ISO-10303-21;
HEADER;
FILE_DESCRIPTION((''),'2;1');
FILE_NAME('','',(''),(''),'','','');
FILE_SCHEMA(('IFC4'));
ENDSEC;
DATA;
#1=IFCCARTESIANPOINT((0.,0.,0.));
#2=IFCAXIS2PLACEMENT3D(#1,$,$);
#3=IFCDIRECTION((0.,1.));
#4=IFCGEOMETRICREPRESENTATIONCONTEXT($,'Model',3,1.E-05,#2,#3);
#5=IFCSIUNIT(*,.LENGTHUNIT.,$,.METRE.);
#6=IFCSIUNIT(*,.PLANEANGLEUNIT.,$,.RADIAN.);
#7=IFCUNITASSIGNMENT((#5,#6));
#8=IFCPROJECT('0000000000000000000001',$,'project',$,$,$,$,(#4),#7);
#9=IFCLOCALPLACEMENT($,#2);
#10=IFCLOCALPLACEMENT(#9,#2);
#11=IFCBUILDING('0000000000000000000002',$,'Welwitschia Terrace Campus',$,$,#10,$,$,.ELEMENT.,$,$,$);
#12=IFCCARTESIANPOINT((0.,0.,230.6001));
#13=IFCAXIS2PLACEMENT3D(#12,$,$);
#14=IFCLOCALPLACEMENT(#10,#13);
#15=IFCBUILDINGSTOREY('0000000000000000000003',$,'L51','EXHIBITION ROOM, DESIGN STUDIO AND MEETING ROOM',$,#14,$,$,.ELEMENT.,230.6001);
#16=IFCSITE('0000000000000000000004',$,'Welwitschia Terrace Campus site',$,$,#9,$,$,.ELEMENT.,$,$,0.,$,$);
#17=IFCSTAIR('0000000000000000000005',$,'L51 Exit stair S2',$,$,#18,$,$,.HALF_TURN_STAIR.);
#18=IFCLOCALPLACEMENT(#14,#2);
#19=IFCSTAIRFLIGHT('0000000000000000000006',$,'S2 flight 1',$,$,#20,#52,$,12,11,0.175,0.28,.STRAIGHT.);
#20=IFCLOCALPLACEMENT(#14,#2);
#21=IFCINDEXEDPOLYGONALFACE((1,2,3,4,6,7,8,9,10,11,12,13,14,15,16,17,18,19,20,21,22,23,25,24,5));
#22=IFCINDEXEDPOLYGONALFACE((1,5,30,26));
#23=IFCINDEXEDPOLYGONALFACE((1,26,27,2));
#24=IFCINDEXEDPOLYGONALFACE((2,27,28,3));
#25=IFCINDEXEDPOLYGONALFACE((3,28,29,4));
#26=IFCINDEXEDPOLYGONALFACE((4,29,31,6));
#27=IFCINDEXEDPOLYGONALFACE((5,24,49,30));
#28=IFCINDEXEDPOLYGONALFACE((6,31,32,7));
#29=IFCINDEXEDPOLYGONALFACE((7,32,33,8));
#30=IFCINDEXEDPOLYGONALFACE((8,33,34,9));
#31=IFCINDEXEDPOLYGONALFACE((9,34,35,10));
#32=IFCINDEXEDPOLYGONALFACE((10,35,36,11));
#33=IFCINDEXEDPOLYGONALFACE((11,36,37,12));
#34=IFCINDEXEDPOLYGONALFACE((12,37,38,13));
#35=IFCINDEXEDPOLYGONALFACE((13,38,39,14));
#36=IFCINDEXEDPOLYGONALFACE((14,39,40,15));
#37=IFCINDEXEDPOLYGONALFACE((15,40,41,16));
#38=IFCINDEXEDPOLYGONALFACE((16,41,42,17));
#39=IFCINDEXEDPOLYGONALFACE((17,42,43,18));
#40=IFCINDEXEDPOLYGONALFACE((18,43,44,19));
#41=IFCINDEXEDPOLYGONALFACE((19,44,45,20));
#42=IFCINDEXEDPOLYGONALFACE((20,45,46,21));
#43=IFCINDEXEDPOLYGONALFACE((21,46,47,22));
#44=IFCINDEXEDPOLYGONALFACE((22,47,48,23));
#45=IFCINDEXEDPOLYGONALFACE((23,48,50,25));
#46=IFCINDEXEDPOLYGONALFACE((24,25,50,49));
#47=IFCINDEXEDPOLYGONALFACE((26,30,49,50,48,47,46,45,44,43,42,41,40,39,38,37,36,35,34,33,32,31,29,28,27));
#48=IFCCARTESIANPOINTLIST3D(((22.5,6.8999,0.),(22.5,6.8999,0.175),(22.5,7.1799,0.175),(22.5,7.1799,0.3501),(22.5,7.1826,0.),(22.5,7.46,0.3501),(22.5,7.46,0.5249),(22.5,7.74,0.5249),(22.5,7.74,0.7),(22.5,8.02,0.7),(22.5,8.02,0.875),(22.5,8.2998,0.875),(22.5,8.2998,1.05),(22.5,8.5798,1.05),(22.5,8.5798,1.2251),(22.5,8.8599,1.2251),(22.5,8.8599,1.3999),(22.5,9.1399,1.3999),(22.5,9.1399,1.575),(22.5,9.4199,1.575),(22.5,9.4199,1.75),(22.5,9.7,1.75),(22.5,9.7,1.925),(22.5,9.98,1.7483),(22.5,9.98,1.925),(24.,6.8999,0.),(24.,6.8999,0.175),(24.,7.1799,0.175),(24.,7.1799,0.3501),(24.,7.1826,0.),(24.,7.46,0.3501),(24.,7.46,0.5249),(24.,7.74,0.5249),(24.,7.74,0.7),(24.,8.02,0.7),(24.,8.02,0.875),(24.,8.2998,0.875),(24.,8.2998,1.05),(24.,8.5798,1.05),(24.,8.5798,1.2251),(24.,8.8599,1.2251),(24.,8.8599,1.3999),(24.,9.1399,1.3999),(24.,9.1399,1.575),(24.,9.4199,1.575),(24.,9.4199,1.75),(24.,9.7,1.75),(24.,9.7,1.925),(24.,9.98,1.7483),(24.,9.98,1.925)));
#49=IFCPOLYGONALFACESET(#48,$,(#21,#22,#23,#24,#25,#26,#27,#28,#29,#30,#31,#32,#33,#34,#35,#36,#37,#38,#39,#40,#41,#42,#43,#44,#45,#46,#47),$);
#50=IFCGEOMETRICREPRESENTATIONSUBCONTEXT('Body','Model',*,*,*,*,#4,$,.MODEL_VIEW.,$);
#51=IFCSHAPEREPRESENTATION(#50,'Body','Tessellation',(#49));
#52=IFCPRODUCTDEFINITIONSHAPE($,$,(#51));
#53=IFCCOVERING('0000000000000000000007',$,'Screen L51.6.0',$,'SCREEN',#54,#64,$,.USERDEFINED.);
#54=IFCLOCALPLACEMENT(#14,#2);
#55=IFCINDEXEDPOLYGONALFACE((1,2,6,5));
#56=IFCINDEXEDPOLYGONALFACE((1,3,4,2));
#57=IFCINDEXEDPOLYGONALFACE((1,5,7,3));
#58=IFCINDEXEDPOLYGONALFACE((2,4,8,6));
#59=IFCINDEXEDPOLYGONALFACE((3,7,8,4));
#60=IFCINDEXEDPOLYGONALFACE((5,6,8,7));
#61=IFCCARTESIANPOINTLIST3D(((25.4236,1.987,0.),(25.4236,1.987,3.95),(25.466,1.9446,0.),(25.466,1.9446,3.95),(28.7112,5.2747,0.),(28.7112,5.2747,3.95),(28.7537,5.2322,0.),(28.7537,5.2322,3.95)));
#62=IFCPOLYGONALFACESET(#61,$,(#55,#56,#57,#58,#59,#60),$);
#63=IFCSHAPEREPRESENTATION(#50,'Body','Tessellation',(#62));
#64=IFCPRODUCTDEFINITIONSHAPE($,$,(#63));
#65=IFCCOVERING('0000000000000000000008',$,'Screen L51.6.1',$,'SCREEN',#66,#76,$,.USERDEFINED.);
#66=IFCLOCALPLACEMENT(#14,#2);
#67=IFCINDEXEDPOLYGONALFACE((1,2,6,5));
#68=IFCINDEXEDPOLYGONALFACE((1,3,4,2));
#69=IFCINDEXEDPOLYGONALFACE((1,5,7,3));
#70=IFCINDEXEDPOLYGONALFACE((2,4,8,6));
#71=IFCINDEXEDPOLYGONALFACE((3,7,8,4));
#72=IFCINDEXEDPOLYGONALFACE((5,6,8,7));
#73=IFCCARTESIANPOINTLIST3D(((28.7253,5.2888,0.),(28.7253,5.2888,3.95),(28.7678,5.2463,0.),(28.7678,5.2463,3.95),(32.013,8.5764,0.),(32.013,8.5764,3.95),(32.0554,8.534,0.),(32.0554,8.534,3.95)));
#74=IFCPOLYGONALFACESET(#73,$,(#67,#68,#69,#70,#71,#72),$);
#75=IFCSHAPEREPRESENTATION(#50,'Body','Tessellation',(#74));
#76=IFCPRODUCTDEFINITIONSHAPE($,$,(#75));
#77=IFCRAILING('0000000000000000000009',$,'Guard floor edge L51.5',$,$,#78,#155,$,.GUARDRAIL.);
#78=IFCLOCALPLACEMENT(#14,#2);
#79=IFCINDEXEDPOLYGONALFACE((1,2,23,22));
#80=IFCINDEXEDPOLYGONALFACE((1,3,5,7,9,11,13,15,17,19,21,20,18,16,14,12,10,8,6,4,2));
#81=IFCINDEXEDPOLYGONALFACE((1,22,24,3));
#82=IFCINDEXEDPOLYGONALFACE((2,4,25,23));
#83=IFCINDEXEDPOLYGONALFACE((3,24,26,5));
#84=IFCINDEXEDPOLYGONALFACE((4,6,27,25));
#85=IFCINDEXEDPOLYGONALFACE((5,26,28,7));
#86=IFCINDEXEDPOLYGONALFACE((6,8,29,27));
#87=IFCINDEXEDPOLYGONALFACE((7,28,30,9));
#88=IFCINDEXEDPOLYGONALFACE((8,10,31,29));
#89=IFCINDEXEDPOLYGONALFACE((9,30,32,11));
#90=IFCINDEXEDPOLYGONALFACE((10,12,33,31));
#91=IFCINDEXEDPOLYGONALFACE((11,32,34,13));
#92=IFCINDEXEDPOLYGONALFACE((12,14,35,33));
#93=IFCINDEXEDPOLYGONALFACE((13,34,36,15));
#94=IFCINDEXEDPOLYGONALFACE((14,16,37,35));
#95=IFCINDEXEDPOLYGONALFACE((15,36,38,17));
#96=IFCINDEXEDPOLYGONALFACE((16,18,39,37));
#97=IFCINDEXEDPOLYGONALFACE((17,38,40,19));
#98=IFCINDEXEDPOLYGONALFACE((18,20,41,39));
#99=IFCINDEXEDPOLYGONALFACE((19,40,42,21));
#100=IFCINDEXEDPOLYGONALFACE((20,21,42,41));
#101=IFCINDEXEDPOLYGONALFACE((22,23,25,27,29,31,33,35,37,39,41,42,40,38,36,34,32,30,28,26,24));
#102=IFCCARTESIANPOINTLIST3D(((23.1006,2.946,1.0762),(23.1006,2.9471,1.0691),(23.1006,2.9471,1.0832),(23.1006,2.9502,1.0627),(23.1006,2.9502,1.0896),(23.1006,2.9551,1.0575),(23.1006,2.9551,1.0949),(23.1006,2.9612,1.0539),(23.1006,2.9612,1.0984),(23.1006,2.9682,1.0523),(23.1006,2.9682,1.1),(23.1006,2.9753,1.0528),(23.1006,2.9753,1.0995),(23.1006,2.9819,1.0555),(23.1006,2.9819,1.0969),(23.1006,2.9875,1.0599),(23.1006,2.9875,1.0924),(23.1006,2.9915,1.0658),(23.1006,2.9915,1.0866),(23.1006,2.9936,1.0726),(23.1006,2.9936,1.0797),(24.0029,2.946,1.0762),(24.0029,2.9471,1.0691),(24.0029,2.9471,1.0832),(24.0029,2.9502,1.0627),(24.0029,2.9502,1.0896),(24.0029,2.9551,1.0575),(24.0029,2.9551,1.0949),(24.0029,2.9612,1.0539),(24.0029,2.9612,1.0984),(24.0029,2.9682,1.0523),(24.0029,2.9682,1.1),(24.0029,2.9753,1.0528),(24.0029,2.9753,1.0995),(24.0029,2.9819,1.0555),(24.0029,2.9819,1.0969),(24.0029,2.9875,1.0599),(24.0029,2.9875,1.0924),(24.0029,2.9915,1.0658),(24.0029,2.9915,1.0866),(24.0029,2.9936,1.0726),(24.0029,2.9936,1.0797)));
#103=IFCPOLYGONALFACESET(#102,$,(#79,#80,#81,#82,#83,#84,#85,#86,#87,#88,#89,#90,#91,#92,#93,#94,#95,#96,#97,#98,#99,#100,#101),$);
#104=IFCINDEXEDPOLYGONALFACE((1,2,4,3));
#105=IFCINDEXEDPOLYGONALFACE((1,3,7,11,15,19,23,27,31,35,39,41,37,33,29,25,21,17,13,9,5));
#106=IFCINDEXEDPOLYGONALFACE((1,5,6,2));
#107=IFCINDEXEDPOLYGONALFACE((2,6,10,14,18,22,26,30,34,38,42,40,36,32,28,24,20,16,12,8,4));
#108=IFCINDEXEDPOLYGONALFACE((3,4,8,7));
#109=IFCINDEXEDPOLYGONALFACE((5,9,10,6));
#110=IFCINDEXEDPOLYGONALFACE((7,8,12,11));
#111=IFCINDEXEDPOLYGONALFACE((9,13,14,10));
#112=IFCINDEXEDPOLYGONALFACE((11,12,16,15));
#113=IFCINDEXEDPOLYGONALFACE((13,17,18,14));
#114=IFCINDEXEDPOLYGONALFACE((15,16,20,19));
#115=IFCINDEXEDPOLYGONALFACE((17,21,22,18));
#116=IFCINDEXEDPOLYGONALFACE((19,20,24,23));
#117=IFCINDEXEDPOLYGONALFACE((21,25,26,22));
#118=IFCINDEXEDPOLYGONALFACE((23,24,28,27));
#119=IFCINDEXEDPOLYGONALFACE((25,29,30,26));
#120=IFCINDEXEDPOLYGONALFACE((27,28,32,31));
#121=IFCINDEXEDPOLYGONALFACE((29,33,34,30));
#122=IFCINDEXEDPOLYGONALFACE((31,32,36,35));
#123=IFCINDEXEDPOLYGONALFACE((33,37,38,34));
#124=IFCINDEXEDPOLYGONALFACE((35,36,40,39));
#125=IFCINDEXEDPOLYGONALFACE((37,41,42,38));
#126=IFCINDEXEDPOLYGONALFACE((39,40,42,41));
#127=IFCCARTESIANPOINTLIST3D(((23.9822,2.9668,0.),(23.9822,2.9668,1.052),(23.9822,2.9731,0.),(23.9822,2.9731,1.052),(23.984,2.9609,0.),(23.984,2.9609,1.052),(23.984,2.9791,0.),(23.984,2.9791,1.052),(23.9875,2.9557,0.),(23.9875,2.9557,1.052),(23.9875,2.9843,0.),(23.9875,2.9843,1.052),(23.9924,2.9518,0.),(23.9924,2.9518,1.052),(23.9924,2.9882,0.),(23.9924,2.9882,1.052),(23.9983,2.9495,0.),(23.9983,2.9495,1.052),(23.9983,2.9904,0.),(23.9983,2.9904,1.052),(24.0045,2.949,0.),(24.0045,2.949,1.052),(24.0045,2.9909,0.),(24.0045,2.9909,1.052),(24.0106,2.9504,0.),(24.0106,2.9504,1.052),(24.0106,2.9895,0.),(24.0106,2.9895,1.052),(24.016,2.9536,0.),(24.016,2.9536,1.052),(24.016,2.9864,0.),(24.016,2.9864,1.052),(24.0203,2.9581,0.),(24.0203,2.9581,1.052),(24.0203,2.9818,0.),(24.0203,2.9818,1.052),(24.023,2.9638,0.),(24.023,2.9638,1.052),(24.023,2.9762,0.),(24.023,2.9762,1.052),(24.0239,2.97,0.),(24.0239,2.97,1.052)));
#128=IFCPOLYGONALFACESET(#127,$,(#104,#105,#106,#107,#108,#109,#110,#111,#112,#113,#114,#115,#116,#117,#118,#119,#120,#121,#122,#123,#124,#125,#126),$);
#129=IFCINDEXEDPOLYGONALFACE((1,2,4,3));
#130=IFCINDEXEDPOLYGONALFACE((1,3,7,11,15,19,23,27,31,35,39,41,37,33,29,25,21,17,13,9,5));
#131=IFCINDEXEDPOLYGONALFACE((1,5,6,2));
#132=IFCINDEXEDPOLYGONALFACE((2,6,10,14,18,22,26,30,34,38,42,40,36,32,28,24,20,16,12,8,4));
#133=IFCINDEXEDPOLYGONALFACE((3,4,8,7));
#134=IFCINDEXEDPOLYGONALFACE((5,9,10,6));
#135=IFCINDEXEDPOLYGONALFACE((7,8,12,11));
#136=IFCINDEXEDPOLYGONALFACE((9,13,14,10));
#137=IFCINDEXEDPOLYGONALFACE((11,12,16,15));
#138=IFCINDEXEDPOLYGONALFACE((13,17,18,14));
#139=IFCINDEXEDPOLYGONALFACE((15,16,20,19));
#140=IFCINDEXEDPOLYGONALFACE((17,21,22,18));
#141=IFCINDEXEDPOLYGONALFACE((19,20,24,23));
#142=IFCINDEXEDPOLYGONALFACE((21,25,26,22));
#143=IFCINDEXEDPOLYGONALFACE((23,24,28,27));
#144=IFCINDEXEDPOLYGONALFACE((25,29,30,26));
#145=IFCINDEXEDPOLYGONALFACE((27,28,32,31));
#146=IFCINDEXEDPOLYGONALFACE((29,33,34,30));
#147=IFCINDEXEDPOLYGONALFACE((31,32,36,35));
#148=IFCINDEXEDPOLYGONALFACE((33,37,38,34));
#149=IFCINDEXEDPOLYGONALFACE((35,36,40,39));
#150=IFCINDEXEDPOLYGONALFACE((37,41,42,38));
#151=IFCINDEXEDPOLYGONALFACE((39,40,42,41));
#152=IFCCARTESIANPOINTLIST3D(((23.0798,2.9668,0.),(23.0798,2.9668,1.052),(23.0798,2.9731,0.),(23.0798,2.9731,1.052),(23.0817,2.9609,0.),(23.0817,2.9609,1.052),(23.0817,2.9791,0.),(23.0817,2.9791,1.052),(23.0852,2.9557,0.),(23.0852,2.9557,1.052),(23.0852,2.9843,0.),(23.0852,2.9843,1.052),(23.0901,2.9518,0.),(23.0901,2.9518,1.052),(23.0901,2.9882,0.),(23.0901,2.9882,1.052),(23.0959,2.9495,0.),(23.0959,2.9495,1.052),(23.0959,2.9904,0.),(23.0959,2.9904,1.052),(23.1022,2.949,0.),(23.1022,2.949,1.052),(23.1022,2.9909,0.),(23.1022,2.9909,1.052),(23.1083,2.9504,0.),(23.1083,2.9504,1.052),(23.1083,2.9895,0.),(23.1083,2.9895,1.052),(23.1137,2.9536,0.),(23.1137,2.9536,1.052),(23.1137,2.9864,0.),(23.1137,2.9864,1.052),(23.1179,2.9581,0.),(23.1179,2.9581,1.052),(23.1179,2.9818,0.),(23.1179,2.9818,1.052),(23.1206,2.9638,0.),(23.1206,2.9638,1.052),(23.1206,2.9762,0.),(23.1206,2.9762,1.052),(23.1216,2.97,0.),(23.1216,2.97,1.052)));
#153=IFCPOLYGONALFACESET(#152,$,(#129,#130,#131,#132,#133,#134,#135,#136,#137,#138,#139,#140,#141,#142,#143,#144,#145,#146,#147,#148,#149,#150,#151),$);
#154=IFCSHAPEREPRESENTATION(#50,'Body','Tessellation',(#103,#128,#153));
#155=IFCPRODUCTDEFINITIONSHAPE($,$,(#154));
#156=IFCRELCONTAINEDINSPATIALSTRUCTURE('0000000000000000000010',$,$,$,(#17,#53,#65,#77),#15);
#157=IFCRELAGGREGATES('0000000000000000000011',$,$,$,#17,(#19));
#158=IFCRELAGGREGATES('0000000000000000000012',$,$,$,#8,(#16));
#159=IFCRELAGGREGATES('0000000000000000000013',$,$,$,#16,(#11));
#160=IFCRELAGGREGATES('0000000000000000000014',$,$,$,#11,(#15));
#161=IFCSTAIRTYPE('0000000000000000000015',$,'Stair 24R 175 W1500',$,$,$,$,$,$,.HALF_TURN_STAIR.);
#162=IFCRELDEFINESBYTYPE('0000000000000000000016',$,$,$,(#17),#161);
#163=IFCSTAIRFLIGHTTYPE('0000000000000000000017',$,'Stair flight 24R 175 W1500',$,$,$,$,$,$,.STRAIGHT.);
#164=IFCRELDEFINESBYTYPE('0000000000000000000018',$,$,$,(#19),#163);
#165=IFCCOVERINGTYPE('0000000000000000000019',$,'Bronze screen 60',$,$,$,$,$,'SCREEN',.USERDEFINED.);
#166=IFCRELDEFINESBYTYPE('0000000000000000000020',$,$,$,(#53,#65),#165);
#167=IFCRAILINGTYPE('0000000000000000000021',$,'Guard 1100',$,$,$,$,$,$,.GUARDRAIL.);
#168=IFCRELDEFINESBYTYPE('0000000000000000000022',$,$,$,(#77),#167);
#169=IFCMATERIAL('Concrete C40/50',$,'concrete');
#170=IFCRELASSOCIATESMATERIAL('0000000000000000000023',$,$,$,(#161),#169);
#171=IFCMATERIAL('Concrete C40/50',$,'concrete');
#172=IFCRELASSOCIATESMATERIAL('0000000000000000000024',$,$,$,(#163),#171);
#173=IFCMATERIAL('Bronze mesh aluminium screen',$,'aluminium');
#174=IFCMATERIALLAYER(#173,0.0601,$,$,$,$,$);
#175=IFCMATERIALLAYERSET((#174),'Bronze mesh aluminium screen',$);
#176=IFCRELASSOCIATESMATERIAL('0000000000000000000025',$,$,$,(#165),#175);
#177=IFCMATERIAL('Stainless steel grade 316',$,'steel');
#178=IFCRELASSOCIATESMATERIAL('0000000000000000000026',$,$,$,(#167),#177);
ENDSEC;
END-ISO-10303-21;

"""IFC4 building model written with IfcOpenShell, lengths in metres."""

from ifc_helpers import new_model, si_unit, direction, frame, origin, origin_2d, place, context, subcontext, project, spatial, polyline, rectangle, circle, outline, extrude, material, layer, layer_set, type_object, element, aggregate, save


model = new_model("IFC4")

# Units and contexts
model_context = context("Model", 3, precision=1e-05, world=origin(), true_north=direction((0.0, 1.0)))
body_context = subcontext(model_context, "Body", "Model", "MODEL_VIEW")
ifc_project = project(units=[si_unit("LENGTHUNIT", "METRE"), si_unit("PLANEANGLEUNIT", "RADIAN")], contexts=[model_context])

# Site, building, storey
site_placement = place(None, origin())
site = spatial("IfcSite", under=ifc_project, at=site_placement, Name="Welwitschia Terrace Campus site", CompositionType="ELEMENT", RefElevation=0.0)
building_placement = place(site_placement, origin())
building = spatial("IfcBuilding", under=site, at=building_placement, Name="Welwitschia Terrace Campus", CompositionType="ELEMENT")
storey_placement = place(building_placement, frame((0.0, 0.0, 230.6001)))
storey = spatial("IfcBuildingStorey", under=building, at=storey_placement, Name="L51", Description="EXHIBITION ROOM, DESIGN STUDIO AND MEETING ROOM", CompositionType="ELEMENT", Elevation=230.6001)

# Stair, stair flight
ifc_material_1 = material(Name="Concrete C40/50", Category="concrete")
stair_type = type_object("IfcStairType", Name="Stair 24R 175 W1500", PredefinedType="HALF_TURN_STAIR", material=ifc_material_1)
stair_placement = place(storey_placement, origin())
stair = element("IfcStair", 1, at=stair_placement, inside=storey, type_object=stair_type, Name="L51 Exit stair S2", PredefinedType="HALF_TURN_STAIR")
ifc_material_2 = material(Name="Concrete C40/50", Category="concrete")
stair_flight_type = type_object("IfcStairFlightType", Name="Stair flight 24R 175 W1500", PredefinedType="STRAIGHT", material=ifc_material_2)
stair_flight_placement = place(storey_placement, frame((23.25, 6.8999, 0.0), z_axis=(0.0, 0.0, 1.0), x_axis=(0.0, 1.0, 0.0)))
stair_flight = element("IfcStairFlight", 2, at=stair_flight_placement, type_object=stair_flight_type, Name="S2 flight 1", NumberOfRisers=12, NumberOfTreads=11, PredefinedType="STRAIGHT", RiserHeight=0.175, TreadLength=0.28, context=body_context, shape_type="SweptSolid", body=[
    extrude(outline(polyline([(0.0, 0.0), (0.0, 0.175), (0.28, 0.175), (0.28, 0.3501), (0.5601, 0.3501), (0.5601, 0.5249), (0.8401, 0.5249), (0.8401, 0.7), (1.1201, 0.7), (1.1201, 0.875), (1.3999, 0.875), (1.3999, 1.05), (1.6799, 1.05), (1.6799, 1.2251), (1.96, 1.2251), (1.96, 1.3999), (2.24, 1.3999), (2.24, 1.575), (2.52, 1.575), (2.52, 1.75), (2.8, 1.75), (2.8, 1.925), (3.0801, 1.925), (3.0801, 2.1001), (3.0801, 1.7483), (0.2827, 0.0), (0.0, 0.0)])), frame((0.0, 0.75, 0.0), z_axis=(0.0, -1.0, 0.0), x_axis=(1.0, 0.0, 0.0)), (0.0, 0.0, 1.0), 1.5),
])
aggregate(stair, [stair_flight])

# Coverings
ifc_material_3 = material(Name="Bronze mesh aluminium screen", Category="aluminium")
ifc_layer_1 = layer(ifc_material_3, 0.0601)
ifc_layer_set_1 = layer_set([ifc_layer_1], Name="Bronze mesh aluminium screen")
covering_type = type_object("IfcCoveringType", Name="Bronze screen 60", ElementType="SCREEN", PredefinedType="USERDEFINED", material=ifc_layer_set_1)
for number, where, z_axis, x_axis, name in (
    (3, (27.0886, 3.6096, 0.0), (0.0, 0.0, 1.0), (0.707107, 0.707107, 0.0), "Screen L51.6.0"),
    (4, (30.3904, 6.9114, 0.0), (0.0, 0.0, 1.0), (0.707107, 0.707107, 0.0), "Screen L51.6.1"),
):
    element("IfcCovering", number, at=place(storey_placement, frame(where, z_axis=z_axis, x_axis=x_axis)), inside=storey, type_object=covering_type, Name=name, ObjectType="SCREEN", PredefinedType="USERDEFINED", context=body_context, shape_type="SweptSolid", body=[
        extrude(rectangle(XDim=4.6494, YDim=0.0601, at=origin_2d()), origin(), (0.0, 0.0, 1.0), 3.95),
    ])

# Railing
ifc_material_4 = material(Name="Stainless steel grade 316", Category="steel")
railing_type_1 = type_object("IfcRailingType", Name="Guard 1100", PredefinedType="GUARDRAIL", material=ifc_material_4)
railing_1_placement = place(storey_placement, frame((24.0029, 2.97, 0.0)))
element("IfcRailing", 5, at=railing_1_placement, inside=storey, type_object=railing_type_1, Name="Guard floor edge L51.5", PredefinedType="GUARDRAIL", context=body_context, shape_type="SweptSolid", body=[
    extrude(circle(Radius=0.0239, at=origin_2d()), frame((0.0, 0.0, 1.0762), z_axis=(-1.0, 0.0, 0.0), x_axis=(0.0, -1.0, 0.0)), (0.0, 0.0, 1.0), 0.9023),
    extrude(circle(Radius=0.021, at=origin_2d()), origin(), (0.0, 0.0, 1.0), 1.052),
    extrude(circle(Radius=0.021, at=origin_2d()), frame((-0.9023, 0.0, 0.0)), (0.0, 0.0, 1.0), 1.052),
])

save(model, "model.ifc")
